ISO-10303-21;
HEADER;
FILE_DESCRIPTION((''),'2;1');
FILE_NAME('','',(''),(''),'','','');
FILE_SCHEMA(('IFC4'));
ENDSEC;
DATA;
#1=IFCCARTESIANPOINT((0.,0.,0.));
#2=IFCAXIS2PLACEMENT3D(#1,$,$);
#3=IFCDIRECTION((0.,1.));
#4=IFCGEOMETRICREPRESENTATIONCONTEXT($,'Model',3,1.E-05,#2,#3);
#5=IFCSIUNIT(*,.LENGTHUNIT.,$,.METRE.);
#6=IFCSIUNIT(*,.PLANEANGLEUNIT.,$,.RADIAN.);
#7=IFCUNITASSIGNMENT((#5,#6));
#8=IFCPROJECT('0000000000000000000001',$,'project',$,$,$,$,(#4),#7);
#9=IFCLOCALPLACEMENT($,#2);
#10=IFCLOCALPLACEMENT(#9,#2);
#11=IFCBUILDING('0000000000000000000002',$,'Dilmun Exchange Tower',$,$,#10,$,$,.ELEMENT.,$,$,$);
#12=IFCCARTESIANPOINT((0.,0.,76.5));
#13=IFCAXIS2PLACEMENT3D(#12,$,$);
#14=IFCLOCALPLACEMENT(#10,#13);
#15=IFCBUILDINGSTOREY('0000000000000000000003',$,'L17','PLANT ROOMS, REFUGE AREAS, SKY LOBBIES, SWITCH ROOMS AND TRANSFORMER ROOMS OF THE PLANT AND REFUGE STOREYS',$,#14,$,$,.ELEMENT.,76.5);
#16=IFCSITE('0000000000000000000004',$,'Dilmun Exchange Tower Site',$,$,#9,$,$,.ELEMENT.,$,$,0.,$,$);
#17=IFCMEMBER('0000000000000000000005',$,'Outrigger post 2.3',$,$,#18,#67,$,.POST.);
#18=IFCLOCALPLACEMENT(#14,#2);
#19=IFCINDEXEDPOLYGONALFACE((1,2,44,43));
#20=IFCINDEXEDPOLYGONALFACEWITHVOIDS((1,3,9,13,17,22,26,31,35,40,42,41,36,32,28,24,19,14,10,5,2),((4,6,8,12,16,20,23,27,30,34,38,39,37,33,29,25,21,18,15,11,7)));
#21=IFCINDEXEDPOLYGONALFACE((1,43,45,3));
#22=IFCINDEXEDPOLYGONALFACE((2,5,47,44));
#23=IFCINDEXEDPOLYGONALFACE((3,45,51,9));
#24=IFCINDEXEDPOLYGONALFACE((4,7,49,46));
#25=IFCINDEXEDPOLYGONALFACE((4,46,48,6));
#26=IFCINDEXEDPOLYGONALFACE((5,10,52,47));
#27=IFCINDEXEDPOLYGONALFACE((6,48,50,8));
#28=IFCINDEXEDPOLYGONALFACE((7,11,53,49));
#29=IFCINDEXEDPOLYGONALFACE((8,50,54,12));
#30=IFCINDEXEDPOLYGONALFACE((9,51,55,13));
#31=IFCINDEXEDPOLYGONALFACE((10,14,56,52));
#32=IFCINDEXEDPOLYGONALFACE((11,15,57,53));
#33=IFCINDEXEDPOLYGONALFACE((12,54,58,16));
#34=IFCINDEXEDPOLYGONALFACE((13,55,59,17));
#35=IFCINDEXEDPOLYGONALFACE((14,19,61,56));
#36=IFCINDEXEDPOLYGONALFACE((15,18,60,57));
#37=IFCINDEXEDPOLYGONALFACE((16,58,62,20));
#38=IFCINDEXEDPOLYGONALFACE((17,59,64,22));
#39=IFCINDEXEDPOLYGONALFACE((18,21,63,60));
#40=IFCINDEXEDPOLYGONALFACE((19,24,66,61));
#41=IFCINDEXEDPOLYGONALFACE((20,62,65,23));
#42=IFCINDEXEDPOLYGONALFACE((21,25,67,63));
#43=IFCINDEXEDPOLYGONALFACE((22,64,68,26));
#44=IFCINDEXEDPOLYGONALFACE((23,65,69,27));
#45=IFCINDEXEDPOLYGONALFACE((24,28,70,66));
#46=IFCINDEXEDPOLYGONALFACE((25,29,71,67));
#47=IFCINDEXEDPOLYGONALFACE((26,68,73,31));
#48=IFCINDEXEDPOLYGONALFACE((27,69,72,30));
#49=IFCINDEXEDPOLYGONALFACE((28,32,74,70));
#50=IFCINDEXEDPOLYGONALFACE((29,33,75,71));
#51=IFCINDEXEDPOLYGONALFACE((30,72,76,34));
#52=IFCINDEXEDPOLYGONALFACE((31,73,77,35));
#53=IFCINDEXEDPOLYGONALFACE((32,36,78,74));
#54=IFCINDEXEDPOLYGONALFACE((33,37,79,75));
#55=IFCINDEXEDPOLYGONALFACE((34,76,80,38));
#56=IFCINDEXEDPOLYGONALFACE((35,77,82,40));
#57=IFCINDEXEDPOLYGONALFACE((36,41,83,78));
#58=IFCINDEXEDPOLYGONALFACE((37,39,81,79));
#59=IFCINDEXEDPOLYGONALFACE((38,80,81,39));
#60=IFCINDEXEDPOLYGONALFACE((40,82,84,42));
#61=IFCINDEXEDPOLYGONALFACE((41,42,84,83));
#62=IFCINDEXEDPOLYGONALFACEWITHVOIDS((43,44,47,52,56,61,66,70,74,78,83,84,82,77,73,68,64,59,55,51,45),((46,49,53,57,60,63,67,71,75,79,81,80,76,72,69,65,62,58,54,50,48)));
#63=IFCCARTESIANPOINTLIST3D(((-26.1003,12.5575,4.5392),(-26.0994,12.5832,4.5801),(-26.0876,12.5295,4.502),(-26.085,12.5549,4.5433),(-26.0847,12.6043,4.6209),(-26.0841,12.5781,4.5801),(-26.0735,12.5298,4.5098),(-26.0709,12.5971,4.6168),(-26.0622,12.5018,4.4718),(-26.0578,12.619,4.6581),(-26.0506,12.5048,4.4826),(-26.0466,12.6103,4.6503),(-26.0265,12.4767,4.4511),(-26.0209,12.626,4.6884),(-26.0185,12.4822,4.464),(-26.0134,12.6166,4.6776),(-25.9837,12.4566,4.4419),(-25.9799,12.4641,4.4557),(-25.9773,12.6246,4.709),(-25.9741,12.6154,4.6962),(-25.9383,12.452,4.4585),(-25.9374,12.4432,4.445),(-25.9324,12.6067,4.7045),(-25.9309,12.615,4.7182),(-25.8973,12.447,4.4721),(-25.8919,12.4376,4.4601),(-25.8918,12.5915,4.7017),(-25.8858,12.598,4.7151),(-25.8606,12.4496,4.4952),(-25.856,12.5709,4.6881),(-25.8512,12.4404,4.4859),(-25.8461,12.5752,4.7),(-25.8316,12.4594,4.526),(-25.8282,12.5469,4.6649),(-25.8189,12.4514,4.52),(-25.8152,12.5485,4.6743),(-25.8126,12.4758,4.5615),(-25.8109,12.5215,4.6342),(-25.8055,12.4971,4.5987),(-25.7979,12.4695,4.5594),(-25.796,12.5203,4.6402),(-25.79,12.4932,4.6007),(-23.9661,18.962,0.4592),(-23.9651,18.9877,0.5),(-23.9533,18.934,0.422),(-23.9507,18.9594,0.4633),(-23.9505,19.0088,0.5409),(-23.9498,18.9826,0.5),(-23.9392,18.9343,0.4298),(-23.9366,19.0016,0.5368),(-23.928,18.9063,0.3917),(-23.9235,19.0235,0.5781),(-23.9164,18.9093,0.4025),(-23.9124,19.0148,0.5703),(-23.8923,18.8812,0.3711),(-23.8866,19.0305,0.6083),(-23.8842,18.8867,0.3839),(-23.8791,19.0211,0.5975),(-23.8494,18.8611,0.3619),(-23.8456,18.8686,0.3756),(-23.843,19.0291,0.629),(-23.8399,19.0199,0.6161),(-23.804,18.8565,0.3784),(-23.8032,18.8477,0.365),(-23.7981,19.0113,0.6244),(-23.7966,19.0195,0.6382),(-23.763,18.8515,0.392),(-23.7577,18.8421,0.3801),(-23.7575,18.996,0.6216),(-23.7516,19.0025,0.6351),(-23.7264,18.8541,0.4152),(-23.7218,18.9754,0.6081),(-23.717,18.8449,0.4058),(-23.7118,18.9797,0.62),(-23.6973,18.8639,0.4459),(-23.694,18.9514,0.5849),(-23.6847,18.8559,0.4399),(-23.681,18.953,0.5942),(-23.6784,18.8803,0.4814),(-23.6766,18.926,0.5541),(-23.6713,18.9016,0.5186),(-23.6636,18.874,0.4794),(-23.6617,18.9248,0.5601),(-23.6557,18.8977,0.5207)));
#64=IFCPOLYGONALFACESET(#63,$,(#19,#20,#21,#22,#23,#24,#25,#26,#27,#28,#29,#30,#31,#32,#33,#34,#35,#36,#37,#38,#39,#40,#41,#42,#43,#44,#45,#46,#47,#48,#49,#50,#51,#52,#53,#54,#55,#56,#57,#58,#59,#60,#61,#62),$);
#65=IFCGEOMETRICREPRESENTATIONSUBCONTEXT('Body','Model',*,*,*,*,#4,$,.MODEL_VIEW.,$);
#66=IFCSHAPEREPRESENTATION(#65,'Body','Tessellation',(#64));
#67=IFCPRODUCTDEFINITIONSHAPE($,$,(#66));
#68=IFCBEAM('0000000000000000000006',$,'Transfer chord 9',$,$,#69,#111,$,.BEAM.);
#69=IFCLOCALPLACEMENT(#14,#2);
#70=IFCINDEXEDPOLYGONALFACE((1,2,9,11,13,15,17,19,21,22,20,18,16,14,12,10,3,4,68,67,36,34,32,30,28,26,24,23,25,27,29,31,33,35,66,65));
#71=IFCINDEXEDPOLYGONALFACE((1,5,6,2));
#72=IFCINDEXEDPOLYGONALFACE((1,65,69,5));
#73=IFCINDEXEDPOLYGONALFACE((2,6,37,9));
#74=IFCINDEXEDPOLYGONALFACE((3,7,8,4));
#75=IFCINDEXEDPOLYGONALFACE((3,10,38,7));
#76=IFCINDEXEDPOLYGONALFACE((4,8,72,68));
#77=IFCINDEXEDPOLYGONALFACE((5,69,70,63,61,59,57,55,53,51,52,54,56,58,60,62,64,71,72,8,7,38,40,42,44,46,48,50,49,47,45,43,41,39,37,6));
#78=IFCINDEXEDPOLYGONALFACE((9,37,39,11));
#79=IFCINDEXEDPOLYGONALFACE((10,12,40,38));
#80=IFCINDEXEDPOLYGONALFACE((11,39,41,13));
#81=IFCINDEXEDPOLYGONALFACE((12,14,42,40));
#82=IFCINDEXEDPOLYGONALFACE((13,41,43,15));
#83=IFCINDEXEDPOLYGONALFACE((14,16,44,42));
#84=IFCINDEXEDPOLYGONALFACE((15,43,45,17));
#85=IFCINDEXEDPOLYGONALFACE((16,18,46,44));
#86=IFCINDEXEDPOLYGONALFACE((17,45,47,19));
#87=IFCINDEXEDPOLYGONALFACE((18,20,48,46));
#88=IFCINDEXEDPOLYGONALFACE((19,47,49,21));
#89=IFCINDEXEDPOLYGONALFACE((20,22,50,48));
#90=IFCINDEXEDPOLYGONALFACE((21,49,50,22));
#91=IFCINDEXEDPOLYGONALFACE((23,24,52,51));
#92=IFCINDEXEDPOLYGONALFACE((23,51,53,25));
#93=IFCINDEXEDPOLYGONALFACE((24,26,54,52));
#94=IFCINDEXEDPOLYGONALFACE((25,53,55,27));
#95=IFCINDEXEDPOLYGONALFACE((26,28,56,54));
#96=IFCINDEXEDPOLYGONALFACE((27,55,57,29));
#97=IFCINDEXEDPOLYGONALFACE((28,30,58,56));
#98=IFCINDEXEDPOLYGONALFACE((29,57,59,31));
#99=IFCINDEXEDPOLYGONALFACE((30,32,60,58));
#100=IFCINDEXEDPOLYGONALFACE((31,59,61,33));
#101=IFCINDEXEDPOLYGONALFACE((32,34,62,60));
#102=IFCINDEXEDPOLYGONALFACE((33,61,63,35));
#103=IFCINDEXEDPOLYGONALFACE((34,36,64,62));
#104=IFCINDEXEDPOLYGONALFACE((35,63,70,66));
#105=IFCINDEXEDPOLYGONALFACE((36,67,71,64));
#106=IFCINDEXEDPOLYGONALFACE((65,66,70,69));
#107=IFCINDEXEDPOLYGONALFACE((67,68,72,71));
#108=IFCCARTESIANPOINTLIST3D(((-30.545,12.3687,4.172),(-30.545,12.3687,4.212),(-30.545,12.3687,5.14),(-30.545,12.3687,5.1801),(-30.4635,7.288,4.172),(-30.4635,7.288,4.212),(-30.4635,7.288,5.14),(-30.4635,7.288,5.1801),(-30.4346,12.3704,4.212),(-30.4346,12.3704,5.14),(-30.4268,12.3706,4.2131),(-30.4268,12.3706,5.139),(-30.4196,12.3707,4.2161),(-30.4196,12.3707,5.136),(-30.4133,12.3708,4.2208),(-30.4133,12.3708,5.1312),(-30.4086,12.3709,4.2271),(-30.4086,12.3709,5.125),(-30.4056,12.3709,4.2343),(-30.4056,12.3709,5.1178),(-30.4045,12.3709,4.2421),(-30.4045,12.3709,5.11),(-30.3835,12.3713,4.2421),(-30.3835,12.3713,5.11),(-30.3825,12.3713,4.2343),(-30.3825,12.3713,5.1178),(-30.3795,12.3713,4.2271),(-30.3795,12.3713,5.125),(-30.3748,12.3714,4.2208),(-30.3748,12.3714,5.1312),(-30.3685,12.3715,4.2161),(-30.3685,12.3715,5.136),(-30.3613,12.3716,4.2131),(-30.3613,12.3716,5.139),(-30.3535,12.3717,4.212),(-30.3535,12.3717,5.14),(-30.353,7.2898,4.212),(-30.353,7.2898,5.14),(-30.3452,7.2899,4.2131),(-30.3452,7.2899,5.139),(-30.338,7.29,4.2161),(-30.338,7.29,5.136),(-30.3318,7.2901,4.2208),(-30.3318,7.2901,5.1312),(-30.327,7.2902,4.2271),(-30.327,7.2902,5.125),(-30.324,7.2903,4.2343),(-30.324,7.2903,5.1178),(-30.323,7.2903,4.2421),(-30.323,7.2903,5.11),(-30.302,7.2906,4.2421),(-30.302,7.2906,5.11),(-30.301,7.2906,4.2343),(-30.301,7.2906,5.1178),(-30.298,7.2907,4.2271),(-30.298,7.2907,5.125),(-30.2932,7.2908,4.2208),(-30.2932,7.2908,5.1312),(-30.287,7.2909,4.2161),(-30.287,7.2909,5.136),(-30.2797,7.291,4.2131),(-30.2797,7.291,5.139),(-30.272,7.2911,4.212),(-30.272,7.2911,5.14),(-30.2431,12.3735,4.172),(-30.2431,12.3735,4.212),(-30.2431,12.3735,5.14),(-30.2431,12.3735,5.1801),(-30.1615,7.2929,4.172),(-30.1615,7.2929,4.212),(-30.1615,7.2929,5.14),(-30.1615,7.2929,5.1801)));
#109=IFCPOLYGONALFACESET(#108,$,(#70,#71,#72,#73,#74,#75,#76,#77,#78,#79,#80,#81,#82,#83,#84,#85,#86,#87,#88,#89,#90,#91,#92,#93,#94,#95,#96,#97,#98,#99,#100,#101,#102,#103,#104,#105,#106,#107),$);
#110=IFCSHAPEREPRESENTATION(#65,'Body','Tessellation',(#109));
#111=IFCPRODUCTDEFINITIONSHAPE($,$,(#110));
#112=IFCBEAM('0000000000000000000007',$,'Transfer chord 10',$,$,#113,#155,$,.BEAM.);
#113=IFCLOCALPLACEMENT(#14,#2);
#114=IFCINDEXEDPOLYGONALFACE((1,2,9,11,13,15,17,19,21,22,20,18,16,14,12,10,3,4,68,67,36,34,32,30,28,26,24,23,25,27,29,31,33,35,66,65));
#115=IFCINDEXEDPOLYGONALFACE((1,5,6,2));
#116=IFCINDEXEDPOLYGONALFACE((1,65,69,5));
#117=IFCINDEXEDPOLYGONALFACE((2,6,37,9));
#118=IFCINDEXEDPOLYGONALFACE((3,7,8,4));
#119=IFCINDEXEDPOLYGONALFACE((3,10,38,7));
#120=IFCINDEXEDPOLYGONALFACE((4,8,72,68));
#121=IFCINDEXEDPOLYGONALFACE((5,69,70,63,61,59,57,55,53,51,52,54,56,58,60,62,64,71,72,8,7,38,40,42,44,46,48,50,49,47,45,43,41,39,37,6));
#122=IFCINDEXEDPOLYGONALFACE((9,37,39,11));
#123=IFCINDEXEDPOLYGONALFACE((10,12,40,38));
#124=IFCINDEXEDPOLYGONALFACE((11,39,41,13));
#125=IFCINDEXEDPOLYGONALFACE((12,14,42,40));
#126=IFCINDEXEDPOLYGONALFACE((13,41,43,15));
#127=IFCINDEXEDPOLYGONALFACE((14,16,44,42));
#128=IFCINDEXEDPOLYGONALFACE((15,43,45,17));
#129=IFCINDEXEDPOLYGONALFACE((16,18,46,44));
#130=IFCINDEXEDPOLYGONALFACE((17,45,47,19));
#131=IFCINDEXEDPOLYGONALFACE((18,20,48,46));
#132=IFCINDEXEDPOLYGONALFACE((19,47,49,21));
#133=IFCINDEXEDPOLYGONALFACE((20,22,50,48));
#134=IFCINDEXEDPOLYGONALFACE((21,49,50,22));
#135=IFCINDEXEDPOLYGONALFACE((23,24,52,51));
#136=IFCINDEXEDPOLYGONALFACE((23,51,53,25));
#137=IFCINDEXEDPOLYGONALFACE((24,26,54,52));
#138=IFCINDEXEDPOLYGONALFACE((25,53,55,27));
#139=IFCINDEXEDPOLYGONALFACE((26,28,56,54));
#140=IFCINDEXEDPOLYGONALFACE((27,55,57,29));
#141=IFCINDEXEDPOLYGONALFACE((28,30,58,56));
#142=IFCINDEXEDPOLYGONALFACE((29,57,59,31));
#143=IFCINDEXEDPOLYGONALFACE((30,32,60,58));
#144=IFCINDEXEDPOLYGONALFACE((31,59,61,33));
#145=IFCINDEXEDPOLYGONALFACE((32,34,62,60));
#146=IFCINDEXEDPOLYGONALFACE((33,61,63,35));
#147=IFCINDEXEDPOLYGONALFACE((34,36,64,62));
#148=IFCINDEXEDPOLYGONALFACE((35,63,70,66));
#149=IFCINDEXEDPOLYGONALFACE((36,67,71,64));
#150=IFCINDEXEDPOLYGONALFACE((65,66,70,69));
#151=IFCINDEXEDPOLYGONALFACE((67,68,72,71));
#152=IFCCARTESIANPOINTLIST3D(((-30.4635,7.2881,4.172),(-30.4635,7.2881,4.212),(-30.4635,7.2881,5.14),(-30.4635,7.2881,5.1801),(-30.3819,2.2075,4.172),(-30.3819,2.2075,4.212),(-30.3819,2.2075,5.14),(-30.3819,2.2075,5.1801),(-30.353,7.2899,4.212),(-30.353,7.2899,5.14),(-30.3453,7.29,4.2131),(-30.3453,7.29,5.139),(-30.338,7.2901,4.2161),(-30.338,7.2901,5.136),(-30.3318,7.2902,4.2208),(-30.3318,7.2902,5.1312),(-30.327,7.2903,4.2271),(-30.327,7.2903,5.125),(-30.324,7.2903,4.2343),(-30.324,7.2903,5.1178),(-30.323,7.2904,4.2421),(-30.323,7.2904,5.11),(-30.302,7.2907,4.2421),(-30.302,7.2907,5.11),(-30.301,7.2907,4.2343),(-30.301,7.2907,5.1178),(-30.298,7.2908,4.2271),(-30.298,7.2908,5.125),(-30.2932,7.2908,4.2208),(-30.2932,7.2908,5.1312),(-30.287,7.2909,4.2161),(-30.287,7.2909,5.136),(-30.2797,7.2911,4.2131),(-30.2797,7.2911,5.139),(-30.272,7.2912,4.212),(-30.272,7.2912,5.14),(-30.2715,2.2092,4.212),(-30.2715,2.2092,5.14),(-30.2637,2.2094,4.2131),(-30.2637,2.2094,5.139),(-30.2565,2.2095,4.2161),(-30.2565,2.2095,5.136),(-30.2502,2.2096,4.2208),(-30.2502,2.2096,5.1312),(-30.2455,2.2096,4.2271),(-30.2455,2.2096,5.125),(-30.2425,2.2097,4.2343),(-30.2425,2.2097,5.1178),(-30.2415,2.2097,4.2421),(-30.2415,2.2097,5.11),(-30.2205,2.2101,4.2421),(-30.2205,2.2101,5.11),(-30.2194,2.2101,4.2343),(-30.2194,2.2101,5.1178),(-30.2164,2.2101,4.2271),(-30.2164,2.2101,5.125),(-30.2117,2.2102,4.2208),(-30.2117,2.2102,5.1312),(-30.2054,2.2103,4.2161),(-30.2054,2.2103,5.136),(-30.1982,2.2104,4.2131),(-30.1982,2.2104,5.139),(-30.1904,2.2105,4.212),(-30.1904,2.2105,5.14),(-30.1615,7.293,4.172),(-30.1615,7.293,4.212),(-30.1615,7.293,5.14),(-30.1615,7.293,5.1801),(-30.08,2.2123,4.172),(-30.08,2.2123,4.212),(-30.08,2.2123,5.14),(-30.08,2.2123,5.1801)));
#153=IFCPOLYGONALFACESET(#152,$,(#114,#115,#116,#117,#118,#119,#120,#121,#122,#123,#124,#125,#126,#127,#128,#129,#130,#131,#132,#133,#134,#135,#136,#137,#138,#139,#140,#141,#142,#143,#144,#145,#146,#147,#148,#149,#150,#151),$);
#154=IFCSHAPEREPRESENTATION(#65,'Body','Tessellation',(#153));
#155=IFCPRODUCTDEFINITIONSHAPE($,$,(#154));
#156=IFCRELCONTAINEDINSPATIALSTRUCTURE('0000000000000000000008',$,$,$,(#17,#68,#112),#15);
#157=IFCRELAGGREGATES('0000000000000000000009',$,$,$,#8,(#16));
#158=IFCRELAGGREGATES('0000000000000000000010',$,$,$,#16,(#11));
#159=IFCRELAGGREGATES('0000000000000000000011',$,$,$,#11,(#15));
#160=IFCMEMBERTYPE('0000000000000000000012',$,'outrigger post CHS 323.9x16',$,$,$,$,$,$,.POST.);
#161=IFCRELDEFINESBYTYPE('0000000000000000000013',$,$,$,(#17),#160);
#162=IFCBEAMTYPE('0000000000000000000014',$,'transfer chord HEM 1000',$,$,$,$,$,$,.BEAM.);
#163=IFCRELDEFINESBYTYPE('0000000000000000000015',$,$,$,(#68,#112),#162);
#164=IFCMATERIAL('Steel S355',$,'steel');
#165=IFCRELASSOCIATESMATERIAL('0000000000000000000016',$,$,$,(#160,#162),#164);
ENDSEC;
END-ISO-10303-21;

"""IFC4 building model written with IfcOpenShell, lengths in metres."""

from ifc_helpers import new_model, si_unit, direction, frame, origin, origin_2d, place, context, subcontext, project, spatial, hollow_circle, i_section, extrude, material, material_profile, profile_set, type_object, element, save


model = new_model("IFC4")

# Units and contexts
model_context = context("Model", 3, precision=1e-05, world=origin(), true_north=direction((0.0, 1.0)))
body_context = subcontext(model_context, "Body", "Model", "MODEL_VIEW")
ifc_project = project(units=[si_unit("LENGTHUNIT", "METRE"), si_unit("PLANEANGLEUNIT", "RADIAN")], contexts=[model_context])

# Site, building, storey
site_placement = place(None, origin())
site = spatial("IfcSite", under=ifc_project, at=site_placement, Name="Dilmun Exchange Tower Site", CompositionType="ELEMENT", RefElevation=0.0)
building_placement = place(site_placement, origin())
building = spatial("IfcBuilding", under=site, at=building_placement, Name="Dilmun Exchange Tower", CompositionType="ELEMENT")
storey_placement = place(building_placement, frame((0.0, 0.0, 76.5)))
storey = spatial("IfcBuildingStorey", under=building, at=storey_placement, Name="L17", Description="PLANT ROOMS, REFUGE AREAS, SKY LOBBIES, SWITCH ROOMS AND TRANSFORMER ROOMS OF THE PLANT AND REFUGE STOREYS", CompositionType="ELEMENT", Elevation=76.5)

# Shared definitions
ifc_material_1 = material(Name="Steel S355", Category="steel")

# Member
ifc_material_profile_1 = material_profile(ifc_material_1, hollow_circle(Radius=0.1619, WallThickness=0.0161, at=origin_2d()), Name="CHS 323.9x16")
ifc_profile_set_1 = profile_set([ifc_material_profile_1], Name="Steel S355")
member_type_1 = type_object("IfcMemberType", Name="outrigger post CHS 323.9x16", PredefinedType="POST", material=ifc_profile_set_1)
member_1_placement = place(storey_placement, frame((-25.9458, 12.532, 4.5801), z_axis=(0.270573, 0.811936, -0.517252), x_axis=(-0.948709, 0.316152, 0.0)))
element("IfcMember", 1, at=member_1_placement, inside=storey, type_object=member_type_1, Name="Outrigger post 2.3", PredefinedType="POST", context=body_context, shape_type="SweptSolid", body=[
    extrude(hollow_circle(Radius=0.1619, WallThickness=0.0161, at=origin_2d()), origin(), (0.0, 0.0, 1.0), 7.8879),
])

# Beams
ifc_material_profile_2 = material_profile(ifc_material_1, i_section(OverallWidth=0.302, OverallDepth=1.0081, WebThickness=0.021, FlangeThickness=0.04, FilletRadius=0.03, at=origin_2d()), Name="HEM 1000")
ifc_profile_set_2 = profile_set([ifc_material_profile_2], Name="Steel S355")
beam_type_1 = type_object("IfcBeamType", Name="transfer chord HEM 1000", PredefinedType="BEAM", material=ifc_profile_set_2)
for number, where, z_axis, x_axis, name in (
    (2, (-30.394, 12.3711, 4.676), (0.016048, -0.999871, 0.0), (0.999871, 0.016048, 0.0), "Transfer chord 9"),
    (3, (-30.3125, 7.2905, 4.676), (0.016048, -0.999871, 0.0), (0.999871, 0.016048, 0.0), "Transfer chord 10"),
):
    element("IfcBeam", number, at=place(storey_placement, frame(where, z_axis=z_axis, x_axis=x_axis)), inside=storey, type_object=beam_type_1, Name=name, PredefinedType="BEAM", context=body_context, shape_type="SweptSolid", body=[
        extrude(i_section(OverallWidth=0.302, OverallDepth=1.0081, WebThickness=0.021, FlangeThickness=0.04, FilletRadius=0.03, at=origin_2d()), origin(), (0.0, 0.0, 1.0), 5.0813),
    ])

save(model, "model.ifc")
